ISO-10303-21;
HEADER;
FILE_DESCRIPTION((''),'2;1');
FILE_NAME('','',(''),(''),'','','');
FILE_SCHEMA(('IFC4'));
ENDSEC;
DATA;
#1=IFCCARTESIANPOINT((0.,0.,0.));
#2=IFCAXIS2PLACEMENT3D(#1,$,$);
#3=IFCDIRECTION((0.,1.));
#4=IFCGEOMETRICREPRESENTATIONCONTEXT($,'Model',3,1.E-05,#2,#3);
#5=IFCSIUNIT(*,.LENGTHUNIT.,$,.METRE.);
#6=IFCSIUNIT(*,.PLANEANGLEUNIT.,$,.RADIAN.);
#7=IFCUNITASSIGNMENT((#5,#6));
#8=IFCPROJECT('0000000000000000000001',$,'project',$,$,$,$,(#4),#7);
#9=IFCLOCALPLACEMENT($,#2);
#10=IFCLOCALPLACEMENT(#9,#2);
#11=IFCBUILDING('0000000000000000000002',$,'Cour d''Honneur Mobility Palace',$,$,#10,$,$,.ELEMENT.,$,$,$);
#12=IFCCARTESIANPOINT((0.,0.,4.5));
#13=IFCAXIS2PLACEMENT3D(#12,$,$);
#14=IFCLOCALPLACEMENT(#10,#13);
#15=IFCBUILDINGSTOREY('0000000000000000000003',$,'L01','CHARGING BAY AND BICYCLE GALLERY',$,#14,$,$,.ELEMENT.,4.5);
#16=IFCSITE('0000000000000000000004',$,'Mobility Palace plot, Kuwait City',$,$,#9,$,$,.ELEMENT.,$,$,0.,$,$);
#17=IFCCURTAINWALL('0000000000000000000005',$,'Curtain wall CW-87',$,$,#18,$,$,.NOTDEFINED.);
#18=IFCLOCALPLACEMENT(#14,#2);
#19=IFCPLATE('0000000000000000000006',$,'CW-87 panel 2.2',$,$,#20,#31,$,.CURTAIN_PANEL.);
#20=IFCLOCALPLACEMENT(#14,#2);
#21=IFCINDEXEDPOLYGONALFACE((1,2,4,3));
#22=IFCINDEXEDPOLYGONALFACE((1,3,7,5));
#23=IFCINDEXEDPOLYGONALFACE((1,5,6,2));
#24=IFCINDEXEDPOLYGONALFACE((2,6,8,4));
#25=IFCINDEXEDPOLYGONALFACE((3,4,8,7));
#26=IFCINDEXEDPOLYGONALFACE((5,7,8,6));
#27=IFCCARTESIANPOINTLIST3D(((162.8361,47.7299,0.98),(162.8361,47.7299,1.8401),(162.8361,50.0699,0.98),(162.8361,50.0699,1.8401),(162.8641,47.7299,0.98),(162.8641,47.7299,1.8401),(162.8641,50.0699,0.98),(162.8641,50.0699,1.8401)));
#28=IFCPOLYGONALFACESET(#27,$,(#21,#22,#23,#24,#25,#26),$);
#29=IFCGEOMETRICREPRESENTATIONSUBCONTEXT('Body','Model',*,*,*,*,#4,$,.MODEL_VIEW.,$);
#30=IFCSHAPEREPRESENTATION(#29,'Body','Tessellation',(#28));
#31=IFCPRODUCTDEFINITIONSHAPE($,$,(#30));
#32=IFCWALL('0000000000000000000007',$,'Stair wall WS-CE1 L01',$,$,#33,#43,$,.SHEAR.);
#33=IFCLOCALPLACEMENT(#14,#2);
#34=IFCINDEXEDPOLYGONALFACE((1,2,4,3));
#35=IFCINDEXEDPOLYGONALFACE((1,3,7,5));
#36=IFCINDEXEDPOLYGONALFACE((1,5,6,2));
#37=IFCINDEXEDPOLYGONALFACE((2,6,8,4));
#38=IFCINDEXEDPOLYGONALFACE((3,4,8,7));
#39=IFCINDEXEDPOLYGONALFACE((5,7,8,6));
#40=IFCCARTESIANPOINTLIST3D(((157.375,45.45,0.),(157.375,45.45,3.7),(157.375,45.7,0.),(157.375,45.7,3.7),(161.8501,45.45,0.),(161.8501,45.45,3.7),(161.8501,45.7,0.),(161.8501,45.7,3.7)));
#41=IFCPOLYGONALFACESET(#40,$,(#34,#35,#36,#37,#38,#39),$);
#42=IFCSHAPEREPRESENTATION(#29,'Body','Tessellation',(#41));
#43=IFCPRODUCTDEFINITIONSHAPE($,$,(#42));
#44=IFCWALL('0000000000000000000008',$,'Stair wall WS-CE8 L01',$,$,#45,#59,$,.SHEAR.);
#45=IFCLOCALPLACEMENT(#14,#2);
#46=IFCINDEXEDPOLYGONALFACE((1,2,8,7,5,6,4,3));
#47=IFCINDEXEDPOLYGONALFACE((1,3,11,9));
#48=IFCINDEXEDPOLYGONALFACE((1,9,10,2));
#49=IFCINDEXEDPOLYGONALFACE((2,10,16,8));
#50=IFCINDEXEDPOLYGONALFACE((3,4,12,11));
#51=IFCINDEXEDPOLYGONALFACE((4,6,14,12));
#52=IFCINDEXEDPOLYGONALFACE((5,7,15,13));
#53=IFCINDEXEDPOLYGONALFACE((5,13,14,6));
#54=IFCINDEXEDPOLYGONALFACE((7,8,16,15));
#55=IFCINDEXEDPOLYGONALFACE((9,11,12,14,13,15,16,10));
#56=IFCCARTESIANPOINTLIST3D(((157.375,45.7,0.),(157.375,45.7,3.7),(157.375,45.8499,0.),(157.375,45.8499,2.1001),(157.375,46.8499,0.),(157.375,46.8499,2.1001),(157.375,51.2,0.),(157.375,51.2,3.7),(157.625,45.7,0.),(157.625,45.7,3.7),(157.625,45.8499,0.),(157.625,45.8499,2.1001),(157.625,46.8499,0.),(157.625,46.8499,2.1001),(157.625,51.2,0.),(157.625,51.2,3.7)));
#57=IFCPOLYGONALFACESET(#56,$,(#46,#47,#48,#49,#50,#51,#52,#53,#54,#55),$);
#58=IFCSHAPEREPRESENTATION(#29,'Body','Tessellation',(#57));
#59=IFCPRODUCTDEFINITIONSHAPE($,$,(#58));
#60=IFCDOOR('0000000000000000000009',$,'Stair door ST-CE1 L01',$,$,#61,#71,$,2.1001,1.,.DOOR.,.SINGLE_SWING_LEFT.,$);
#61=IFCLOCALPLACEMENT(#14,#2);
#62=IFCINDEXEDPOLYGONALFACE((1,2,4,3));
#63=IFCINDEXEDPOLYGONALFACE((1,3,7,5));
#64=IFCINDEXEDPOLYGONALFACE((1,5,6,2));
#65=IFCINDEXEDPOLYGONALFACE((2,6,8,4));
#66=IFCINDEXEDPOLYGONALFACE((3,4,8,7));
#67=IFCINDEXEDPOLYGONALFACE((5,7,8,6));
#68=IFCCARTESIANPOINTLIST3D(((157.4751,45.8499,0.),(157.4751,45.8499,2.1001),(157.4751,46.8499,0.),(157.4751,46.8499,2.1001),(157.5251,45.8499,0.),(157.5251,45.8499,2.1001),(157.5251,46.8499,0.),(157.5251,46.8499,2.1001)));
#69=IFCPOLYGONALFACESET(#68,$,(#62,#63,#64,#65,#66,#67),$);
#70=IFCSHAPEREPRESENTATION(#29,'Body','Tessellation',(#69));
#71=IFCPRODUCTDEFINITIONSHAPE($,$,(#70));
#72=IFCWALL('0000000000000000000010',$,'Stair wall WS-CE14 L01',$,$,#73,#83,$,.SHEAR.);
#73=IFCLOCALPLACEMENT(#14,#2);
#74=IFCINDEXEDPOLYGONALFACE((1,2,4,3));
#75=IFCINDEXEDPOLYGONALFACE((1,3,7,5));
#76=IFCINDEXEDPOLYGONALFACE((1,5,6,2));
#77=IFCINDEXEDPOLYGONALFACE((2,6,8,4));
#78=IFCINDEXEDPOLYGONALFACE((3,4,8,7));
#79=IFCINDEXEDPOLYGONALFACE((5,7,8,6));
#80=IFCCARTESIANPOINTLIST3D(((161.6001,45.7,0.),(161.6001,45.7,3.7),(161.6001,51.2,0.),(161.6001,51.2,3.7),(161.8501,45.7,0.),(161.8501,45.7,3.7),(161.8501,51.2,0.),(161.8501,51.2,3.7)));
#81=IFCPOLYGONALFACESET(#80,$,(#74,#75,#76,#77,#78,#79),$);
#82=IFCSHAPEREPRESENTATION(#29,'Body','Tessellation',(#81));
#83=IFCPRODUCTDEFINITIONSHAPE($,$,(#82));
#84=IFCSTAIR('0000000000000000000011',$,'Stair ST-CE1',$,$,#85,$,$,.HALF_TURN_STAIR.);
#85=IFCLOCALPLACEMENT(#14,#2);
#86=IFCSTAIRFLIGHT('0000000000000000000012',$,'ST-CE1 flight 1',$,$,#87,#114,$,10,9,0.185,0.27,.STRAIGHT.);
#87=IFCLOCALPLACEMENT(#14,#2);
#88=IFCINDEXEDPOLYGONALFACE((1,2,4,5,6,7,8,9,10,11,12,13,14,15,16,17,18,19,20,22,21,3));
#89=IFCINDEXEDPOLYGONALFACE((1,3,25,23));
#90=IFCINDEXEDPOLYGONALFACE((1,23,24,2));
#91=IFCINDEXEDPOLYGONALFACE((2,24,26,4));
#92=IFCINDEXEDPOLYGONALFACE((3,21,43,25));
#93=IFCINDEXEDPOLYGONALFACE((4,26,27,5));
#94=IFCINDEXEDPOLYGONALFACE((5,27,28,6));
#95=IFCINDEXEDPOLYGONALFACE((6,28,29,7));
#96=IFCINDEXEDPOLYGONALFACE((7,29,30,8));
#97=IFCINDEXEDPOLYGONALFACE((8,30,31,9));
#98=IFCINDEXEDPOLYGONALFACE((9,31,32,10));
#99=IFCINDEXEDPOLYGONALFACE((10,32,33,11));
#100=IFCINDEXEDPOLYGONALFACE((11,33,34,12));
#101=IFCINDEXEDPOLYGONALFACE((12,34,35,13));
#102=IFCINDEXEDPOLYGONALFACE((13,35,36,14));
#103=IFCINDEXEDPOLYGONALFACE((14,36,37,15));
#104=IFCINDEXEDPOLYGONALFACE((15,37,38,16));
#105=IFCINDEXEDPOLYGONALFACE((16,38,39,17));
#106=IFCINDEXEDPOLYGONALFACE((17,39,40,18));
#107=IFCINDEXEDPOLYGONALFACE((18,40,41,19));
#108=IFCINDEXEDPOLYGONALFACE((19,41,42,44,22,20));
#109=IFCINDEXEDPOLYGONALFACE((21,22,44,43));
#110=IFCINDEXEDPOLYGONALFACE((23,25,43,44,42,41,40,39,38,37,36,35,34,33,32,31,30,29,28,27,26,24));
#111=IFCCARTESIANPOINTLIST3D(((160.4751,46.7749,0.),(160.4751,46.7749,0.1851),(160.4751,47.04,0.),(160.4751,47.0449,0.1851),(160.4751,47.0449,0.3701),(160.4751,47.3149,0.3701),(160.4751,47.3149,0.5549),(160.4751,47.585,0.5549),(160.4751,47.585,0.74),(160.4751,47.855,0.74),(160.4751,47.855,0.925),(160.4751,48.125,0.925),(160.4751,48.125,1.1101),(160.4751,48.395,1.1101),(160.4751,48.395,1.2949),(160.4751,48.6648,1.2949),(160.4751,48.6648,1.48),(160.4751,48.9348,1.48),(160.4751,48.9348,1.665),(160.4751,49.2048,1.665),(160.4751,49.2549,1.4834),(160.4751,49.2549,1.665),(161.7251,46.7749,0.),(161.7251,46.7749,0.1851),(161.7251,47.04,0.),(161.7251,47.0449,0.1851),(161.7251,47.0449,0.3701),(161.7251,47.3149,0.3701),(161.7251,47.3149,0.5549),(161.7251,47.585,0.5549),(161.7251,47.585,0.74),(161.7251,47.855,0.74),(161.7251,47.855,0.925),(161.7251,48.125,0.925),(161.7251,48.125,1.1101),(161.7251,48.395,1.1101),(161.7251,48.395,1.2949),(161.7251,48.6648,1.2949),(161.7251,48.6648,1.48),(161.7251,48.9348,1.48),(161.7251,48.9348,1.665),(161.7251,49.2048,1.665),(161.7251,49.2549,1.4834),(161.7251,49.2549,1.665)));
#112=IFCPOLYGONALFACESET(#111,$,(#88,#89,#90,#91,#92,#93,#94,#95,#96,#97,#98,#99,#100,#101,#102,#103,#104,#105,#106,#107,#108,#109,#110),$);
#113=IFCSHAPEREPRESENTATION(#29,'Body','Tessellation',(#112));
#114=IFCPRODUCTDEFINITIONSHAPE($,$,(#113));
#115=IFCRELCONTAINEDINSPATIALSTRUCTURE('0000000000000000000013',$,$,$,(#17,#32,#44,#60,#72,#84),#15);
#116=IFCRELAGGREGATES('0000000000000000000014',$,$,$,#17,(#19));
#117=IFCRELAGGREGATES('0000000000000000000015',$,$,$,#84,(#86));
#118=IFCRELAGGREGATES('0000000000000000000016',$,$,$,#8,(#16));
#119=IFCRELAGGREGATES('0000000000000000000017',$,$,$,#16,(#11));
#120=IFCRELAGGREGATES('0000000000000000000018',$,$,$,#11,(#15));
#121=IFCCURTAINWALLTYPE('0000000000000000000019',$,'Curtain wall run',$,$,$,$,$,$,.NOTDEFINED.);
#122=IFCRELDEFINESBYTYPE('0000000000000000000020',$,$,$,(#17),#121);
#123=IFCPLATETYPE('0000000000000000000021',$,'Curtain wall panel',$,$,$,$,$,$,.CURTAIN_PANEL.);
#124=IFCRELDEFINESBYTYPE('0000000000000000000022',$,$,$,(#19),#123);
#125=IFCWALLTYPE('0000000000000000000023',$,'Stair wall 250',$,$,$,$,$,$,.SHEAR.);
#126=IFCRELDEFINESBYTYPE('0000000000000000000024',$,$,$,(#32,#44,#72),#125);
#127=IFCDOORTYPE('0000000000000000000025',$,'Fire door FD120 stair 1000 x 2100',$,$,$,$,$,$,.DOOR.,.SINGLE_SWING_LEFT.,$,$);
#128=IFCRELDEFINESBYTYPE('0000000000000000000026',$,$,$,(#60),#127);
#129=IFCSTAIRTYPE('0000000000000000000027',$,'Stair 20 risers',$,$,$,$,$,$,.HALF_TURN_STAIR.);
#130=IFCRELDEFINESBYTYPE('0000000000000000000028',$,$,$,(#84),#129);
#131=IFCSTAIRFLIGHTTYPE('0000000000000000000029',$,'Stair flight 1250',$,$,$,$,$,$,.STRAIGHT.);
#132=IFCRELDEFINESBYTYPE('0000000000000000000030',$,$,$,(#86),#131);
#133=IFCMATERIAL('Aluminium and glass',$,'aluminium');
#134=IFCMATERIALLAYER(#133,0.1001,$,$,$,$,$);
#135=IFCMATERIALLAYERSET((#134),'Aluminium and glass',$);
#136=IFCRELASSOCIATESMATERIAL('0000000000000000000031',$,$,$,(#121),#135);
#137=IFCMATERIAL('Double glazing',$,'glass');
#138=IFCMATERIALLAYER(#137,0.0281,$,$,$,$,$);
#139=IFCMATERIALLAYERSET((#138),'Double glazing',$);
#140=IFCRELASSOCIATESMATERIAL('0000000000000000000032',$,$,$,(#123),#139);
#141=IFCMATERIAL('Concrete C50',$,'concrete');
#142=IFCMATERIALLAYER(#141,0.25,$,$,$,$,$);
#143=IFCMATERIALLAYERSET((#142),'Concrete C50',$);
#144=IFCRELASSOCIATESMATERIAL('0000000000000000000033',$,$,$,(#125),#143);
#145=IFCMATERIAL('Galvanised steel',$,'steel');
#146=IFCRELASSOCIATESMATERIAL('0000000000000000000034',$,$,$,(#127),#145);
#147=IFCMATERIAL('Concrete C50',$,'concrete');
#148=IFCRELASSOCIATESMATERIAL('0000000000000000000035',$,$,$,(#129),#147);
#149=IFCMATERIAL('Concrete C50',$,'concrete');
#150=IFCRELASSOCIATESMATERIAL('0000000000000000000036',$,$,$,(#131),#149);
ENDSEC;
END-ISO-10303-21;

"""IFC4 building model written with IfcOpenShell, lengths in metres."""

from ifc_helpers import new_model, si_unit, direction, frame, frame_2d, origin, origin_2d, place, context, subcontext, project, spatial, polyline, rectangle, outline, extrude, material, layer, layer_set, type_object, element, fill, aggregate, save


model = new_model("IFC4")

# Units and contexts
model_context = context("Model", 3, precision=1e-05, world=origin(), true_north=direction((0.0, 1.0)))
body_context = subcontext(model_context, "Body", "Model", "MODEL_VIEW")
ifc_project = project(units=[si_unit("LENGTHUNIT", "METRE"), si_unit("PLANEANGLEUNIT", "RADIAN")], contexts=[model_context])

# Site, building, storey
site_placement = place(None, origin())
site = spatial("IfcSite", under=ifc_project, at=site_placement, Name="Mobility Palace plot, Kuwait City", CompositionType="ELEMENT", RefElevation=0.0)
building_placement = place(site_placement, origin())
building = spatial("IfcBuilding", under=site, at=building_placement, Name="Cour d'Honneur Mobility Palace", CompositionType="ELEMENT")
storey_placement = place(building_placement, frame((0.0, 0.0, 4.5)))
storey = spatial("IfcBuildingStorey", under=building, at=storey_placement, Name="L01", Description="CHARGING BAY AND BICYCLE GALLERY", CompositionType="ELEMENT", Elevation=4.5)

# Curtain wall
ifc_material_1 = material(Name="Aluminium and glass", Category="aluminium")
ifc_layer_1 = layer(ifc_material_1, 0.1001)
ifc_layer_set_1 = layer_set([ifc_layer_1], Name="Aluminium and glass")
curtain_wall_type = type_object("IfcCurtainWallType", Name="Curtain wall run", PredefinedType="NOTDEFINED", material=ifc_layer_set_1)
curtain_wall_placement = place(storey_placement, origin())
curtain_wall = element("IfcCurtainWall", 1, at=curtain_wall_placement, inside=storey, type_object=curtain_wall_type, Name="Curtain wall CW-87", PredefinedType="NOTDEFINED")

# Plate
ifc_material_2 = material(Name="Double glazing", Category="glass")
ifc_layer_2 = layer(ifc_material_2, 0.0281)
ifc_layer_set_2 = layer_set([ifc_layer_2], Name="Double glazing")
plate_type = type_object("IfcPlateType", Name="Curtain wall panel", PredefinedType="CURTAIN_PANEL", material=ifc_layer_set_2)
plate_1_placement = place(storey_placement, frame((162.8501, 48.8999, 0.98), z_axis=(0.0, 0.0, 1.0), x_axis=(0.0, 1.0, 0.0)))
plate_1 = element("IfcPlate", 2, at=plate_1_placement, type_object=plate_type, Name="CW-87 panel 2.2", PredefinedType="CURTAIN_PANEL", context=body_context, shape_type="SweptSolid", body=[
    extrude(rectangle(XDim=2.3401, YDim=0.0281, at=origin_2d()), origin(), (0.0, 0.0, 1.0), 0.8601),
])
aggregate(curtain_wall, [plate_1])

# Wall
ifc_material_3 = material(Name="Concrete C50", Category="concrete")
ifc_layer_3 = layer(ifc_material_3, 0.25)
ifc_layer_set_3 = layer_set([ifc_layer_3], Name="Concrete C50")
wall_type = type_object("IfcWallType", Name="Stair wall 250", PredefinedType="SHEAR", material=ifc_layer_set_3)
wall_1_placement = place(storey_placement, frame((157.375, 45.575, 0.0), z_axis=(0.0, 0.0, 1.0), x_axis=(1.0, 0.0, 0.0)))
element("IfcWall", 3, at=wall_1_placement, inside=storey, type_object=wall_type, Name="Stair wall WS-CE1 L01", PredefinedType="SHEAR", context=body_context, shape_type="SweptSolid", body=[
    extrude(rectangle(XDim=4.4751, YDim=0.25, at=frame_2d((2.2375, 0.0))), origin(), (0.0, 0.0, 1.0), 3.7),
])

# Wall, opening, door
wall_2_placement = place(storey_placement, frame((157.5, 45.7, 0.0), z_axis=(0.0, 0.0, 1.0), x_axis=(0.0, 1.0, 0.0)))
wall_2 = element("IfcWall", 4, at=wall_2_placement, inside=storey, type_object=wall_type, Name="Stair wall WS-CE8 L01", PredefinedType="SHEAR", context=body_context, shape_type="SweptSolid", body=[
    extrude(rectangle(XDim=5.5, YDim=0.25, at=frame_2d((2.75, 0.0))), origin(), (0.0, 0.0, 1.0), 3.7),
])
opening_placement = place(wall_2_placement, frame((0.1499, 0.0, 0.0)))
opening = element("IfcOpeningElement", 5, at=opening_placement, cuts=wall_2, PredefinedType="OPENING", context=body_context, shape_type="SweptSolid", body=[
    extrude(rectangle(XDim=1.0, YDim=2.1001, at=frame_2d((0.5, 1.05))), frame((0.0, 0.135, 0.0), z_axis=(0.0, -1.0, 0.0), x_axis=(1.0, 0.0, 0.0)), (0.0, 0.0, 1.0), 0.27),
])
ifc_material_4 = material(Name="Galvanised steel", Category="steel")
door_type = type_object("IfcDoorType", Name="Fire door FD120 stair 1000 x 2100", OperationType="SINGLE_SWING_LEFT", PredefinedType="DOOR", material=ifc_material_4)
door_placement = place(opening_placement, origin())
door = element("IfcDoor", 6, at=door_placement, inside=storey, type_object=door_type, Name="Stair door ST-CE1 L01", OperationType="SINGLE_SWING_LEFT", OverallHeight=2.1001, OverallWidth=1.0, PredefinedType="DOOR", context=body_context, shape_type="SweptSolid", body=[
    extrude(rectangle(XDim=1.0, YDim=2.1001, at=frame_2d((0.5, 1.05))), frame((0.0, 0.0249, 0.0), z_axis=(0.0, -1.0, 0.0), x_axis=(1.0, 0.0, 0.0)), (0.0, 0.0, 1.0), 0.05),
])
fill(opening, door)

# Wall
wall_3_placement = place(storey_placement, frame((161.7251, 45.7, 0.0), z_axis=(0.0, 0.0, 1.0), x_axis=(0.0, 1.0, 0.0)))
element("IfcWall", 7, at=wall_3_placement, inside=storey, type_object=wall_type, Name="Stair wall WS-CE14 L01", PredefinedType="SHEAR", context=body_context, shape_type="SweptSolid", body=[
    extrude(rectangle(XDim=5.5, YDim=0.25, at=frame_2d((2.75, 0.0))), origin(), (0.0, 0.0, 1.0), 3.7),
])

# Stair, stair flight
ifc_material_5 = material(Name="Concrete C50", Category="concrete")
stair_type = type_object("IfcStairType", Name="Stair 20 risers", PredefinedType="HALF_TURN_STAIR", material=ifc_material_5)
stair_placement = place(storey_placement, origin())
stair = element("IfcStair", 8, at=stair_placement, inside=storey, type_object=stair_type, Name="Stair ST-CE1", PredefinedType="HALF_TURN_STAIR")
ifc_material_6 = material(Name="Concrete C50", Category="concrete")
stair_flight_type = type_object("IfcStairFlightType", Name="Stair flight 1250", PredefinedType="STRAIGHT", material=ifc_material_6)
stair_flight_placement = place(storey_placement, frame((161.1001, 46.7749, 0.0), z_axis=(0.0, 0.0, 1.0), x_axis=(0.0, 1.0, 0.0)))
stair_flight = element("IfcStairFlight", 9, at=stair_flight_placement, type_object=stair_flight_type, Name="ST-CE1 flight 1", NumberOfRisers=10, NumberOfTreads=9, PredefinedType="STRAIGHT", RiserHeight=0.185, TreadLength=0.27, context=body_context, shape_type="SweptSolid", body=[
    extrude(outline(polyline([(0.0, 0.0), (0.0, 0.1851), (0.27, 0.1851), (0.27, 0.3701), (0.54, 0.3701), (0.54, 0.5549), (0.8101, 0.5549), (0.8101, 0.74), (1.0801, 0.74), (1.0801, 0.925), (1.3501, 0.925), (1.3501, 1.1101), (1.6201, 1.1101), (1.6201, 1.2949), (1.8899, 1.2949), (1.8899, 1.48), (2.1599, 1.48), (2.1599, 1.665), (2.4299, 1.665), (2.48, 1.665), (2.48, 1.4834), (0.2651, 0.0), (0.0, 0.0)])), frame((0.0, 0.625, 0.0), z_axis=(0.0, -1.0, 0.0), x_axis=(1.0, 0.0, 0.0)), (0.0, 0.0, 1.0), 1.25),
])
aggregate(stair, [stair_flight])

save(model, "model.ifc")
